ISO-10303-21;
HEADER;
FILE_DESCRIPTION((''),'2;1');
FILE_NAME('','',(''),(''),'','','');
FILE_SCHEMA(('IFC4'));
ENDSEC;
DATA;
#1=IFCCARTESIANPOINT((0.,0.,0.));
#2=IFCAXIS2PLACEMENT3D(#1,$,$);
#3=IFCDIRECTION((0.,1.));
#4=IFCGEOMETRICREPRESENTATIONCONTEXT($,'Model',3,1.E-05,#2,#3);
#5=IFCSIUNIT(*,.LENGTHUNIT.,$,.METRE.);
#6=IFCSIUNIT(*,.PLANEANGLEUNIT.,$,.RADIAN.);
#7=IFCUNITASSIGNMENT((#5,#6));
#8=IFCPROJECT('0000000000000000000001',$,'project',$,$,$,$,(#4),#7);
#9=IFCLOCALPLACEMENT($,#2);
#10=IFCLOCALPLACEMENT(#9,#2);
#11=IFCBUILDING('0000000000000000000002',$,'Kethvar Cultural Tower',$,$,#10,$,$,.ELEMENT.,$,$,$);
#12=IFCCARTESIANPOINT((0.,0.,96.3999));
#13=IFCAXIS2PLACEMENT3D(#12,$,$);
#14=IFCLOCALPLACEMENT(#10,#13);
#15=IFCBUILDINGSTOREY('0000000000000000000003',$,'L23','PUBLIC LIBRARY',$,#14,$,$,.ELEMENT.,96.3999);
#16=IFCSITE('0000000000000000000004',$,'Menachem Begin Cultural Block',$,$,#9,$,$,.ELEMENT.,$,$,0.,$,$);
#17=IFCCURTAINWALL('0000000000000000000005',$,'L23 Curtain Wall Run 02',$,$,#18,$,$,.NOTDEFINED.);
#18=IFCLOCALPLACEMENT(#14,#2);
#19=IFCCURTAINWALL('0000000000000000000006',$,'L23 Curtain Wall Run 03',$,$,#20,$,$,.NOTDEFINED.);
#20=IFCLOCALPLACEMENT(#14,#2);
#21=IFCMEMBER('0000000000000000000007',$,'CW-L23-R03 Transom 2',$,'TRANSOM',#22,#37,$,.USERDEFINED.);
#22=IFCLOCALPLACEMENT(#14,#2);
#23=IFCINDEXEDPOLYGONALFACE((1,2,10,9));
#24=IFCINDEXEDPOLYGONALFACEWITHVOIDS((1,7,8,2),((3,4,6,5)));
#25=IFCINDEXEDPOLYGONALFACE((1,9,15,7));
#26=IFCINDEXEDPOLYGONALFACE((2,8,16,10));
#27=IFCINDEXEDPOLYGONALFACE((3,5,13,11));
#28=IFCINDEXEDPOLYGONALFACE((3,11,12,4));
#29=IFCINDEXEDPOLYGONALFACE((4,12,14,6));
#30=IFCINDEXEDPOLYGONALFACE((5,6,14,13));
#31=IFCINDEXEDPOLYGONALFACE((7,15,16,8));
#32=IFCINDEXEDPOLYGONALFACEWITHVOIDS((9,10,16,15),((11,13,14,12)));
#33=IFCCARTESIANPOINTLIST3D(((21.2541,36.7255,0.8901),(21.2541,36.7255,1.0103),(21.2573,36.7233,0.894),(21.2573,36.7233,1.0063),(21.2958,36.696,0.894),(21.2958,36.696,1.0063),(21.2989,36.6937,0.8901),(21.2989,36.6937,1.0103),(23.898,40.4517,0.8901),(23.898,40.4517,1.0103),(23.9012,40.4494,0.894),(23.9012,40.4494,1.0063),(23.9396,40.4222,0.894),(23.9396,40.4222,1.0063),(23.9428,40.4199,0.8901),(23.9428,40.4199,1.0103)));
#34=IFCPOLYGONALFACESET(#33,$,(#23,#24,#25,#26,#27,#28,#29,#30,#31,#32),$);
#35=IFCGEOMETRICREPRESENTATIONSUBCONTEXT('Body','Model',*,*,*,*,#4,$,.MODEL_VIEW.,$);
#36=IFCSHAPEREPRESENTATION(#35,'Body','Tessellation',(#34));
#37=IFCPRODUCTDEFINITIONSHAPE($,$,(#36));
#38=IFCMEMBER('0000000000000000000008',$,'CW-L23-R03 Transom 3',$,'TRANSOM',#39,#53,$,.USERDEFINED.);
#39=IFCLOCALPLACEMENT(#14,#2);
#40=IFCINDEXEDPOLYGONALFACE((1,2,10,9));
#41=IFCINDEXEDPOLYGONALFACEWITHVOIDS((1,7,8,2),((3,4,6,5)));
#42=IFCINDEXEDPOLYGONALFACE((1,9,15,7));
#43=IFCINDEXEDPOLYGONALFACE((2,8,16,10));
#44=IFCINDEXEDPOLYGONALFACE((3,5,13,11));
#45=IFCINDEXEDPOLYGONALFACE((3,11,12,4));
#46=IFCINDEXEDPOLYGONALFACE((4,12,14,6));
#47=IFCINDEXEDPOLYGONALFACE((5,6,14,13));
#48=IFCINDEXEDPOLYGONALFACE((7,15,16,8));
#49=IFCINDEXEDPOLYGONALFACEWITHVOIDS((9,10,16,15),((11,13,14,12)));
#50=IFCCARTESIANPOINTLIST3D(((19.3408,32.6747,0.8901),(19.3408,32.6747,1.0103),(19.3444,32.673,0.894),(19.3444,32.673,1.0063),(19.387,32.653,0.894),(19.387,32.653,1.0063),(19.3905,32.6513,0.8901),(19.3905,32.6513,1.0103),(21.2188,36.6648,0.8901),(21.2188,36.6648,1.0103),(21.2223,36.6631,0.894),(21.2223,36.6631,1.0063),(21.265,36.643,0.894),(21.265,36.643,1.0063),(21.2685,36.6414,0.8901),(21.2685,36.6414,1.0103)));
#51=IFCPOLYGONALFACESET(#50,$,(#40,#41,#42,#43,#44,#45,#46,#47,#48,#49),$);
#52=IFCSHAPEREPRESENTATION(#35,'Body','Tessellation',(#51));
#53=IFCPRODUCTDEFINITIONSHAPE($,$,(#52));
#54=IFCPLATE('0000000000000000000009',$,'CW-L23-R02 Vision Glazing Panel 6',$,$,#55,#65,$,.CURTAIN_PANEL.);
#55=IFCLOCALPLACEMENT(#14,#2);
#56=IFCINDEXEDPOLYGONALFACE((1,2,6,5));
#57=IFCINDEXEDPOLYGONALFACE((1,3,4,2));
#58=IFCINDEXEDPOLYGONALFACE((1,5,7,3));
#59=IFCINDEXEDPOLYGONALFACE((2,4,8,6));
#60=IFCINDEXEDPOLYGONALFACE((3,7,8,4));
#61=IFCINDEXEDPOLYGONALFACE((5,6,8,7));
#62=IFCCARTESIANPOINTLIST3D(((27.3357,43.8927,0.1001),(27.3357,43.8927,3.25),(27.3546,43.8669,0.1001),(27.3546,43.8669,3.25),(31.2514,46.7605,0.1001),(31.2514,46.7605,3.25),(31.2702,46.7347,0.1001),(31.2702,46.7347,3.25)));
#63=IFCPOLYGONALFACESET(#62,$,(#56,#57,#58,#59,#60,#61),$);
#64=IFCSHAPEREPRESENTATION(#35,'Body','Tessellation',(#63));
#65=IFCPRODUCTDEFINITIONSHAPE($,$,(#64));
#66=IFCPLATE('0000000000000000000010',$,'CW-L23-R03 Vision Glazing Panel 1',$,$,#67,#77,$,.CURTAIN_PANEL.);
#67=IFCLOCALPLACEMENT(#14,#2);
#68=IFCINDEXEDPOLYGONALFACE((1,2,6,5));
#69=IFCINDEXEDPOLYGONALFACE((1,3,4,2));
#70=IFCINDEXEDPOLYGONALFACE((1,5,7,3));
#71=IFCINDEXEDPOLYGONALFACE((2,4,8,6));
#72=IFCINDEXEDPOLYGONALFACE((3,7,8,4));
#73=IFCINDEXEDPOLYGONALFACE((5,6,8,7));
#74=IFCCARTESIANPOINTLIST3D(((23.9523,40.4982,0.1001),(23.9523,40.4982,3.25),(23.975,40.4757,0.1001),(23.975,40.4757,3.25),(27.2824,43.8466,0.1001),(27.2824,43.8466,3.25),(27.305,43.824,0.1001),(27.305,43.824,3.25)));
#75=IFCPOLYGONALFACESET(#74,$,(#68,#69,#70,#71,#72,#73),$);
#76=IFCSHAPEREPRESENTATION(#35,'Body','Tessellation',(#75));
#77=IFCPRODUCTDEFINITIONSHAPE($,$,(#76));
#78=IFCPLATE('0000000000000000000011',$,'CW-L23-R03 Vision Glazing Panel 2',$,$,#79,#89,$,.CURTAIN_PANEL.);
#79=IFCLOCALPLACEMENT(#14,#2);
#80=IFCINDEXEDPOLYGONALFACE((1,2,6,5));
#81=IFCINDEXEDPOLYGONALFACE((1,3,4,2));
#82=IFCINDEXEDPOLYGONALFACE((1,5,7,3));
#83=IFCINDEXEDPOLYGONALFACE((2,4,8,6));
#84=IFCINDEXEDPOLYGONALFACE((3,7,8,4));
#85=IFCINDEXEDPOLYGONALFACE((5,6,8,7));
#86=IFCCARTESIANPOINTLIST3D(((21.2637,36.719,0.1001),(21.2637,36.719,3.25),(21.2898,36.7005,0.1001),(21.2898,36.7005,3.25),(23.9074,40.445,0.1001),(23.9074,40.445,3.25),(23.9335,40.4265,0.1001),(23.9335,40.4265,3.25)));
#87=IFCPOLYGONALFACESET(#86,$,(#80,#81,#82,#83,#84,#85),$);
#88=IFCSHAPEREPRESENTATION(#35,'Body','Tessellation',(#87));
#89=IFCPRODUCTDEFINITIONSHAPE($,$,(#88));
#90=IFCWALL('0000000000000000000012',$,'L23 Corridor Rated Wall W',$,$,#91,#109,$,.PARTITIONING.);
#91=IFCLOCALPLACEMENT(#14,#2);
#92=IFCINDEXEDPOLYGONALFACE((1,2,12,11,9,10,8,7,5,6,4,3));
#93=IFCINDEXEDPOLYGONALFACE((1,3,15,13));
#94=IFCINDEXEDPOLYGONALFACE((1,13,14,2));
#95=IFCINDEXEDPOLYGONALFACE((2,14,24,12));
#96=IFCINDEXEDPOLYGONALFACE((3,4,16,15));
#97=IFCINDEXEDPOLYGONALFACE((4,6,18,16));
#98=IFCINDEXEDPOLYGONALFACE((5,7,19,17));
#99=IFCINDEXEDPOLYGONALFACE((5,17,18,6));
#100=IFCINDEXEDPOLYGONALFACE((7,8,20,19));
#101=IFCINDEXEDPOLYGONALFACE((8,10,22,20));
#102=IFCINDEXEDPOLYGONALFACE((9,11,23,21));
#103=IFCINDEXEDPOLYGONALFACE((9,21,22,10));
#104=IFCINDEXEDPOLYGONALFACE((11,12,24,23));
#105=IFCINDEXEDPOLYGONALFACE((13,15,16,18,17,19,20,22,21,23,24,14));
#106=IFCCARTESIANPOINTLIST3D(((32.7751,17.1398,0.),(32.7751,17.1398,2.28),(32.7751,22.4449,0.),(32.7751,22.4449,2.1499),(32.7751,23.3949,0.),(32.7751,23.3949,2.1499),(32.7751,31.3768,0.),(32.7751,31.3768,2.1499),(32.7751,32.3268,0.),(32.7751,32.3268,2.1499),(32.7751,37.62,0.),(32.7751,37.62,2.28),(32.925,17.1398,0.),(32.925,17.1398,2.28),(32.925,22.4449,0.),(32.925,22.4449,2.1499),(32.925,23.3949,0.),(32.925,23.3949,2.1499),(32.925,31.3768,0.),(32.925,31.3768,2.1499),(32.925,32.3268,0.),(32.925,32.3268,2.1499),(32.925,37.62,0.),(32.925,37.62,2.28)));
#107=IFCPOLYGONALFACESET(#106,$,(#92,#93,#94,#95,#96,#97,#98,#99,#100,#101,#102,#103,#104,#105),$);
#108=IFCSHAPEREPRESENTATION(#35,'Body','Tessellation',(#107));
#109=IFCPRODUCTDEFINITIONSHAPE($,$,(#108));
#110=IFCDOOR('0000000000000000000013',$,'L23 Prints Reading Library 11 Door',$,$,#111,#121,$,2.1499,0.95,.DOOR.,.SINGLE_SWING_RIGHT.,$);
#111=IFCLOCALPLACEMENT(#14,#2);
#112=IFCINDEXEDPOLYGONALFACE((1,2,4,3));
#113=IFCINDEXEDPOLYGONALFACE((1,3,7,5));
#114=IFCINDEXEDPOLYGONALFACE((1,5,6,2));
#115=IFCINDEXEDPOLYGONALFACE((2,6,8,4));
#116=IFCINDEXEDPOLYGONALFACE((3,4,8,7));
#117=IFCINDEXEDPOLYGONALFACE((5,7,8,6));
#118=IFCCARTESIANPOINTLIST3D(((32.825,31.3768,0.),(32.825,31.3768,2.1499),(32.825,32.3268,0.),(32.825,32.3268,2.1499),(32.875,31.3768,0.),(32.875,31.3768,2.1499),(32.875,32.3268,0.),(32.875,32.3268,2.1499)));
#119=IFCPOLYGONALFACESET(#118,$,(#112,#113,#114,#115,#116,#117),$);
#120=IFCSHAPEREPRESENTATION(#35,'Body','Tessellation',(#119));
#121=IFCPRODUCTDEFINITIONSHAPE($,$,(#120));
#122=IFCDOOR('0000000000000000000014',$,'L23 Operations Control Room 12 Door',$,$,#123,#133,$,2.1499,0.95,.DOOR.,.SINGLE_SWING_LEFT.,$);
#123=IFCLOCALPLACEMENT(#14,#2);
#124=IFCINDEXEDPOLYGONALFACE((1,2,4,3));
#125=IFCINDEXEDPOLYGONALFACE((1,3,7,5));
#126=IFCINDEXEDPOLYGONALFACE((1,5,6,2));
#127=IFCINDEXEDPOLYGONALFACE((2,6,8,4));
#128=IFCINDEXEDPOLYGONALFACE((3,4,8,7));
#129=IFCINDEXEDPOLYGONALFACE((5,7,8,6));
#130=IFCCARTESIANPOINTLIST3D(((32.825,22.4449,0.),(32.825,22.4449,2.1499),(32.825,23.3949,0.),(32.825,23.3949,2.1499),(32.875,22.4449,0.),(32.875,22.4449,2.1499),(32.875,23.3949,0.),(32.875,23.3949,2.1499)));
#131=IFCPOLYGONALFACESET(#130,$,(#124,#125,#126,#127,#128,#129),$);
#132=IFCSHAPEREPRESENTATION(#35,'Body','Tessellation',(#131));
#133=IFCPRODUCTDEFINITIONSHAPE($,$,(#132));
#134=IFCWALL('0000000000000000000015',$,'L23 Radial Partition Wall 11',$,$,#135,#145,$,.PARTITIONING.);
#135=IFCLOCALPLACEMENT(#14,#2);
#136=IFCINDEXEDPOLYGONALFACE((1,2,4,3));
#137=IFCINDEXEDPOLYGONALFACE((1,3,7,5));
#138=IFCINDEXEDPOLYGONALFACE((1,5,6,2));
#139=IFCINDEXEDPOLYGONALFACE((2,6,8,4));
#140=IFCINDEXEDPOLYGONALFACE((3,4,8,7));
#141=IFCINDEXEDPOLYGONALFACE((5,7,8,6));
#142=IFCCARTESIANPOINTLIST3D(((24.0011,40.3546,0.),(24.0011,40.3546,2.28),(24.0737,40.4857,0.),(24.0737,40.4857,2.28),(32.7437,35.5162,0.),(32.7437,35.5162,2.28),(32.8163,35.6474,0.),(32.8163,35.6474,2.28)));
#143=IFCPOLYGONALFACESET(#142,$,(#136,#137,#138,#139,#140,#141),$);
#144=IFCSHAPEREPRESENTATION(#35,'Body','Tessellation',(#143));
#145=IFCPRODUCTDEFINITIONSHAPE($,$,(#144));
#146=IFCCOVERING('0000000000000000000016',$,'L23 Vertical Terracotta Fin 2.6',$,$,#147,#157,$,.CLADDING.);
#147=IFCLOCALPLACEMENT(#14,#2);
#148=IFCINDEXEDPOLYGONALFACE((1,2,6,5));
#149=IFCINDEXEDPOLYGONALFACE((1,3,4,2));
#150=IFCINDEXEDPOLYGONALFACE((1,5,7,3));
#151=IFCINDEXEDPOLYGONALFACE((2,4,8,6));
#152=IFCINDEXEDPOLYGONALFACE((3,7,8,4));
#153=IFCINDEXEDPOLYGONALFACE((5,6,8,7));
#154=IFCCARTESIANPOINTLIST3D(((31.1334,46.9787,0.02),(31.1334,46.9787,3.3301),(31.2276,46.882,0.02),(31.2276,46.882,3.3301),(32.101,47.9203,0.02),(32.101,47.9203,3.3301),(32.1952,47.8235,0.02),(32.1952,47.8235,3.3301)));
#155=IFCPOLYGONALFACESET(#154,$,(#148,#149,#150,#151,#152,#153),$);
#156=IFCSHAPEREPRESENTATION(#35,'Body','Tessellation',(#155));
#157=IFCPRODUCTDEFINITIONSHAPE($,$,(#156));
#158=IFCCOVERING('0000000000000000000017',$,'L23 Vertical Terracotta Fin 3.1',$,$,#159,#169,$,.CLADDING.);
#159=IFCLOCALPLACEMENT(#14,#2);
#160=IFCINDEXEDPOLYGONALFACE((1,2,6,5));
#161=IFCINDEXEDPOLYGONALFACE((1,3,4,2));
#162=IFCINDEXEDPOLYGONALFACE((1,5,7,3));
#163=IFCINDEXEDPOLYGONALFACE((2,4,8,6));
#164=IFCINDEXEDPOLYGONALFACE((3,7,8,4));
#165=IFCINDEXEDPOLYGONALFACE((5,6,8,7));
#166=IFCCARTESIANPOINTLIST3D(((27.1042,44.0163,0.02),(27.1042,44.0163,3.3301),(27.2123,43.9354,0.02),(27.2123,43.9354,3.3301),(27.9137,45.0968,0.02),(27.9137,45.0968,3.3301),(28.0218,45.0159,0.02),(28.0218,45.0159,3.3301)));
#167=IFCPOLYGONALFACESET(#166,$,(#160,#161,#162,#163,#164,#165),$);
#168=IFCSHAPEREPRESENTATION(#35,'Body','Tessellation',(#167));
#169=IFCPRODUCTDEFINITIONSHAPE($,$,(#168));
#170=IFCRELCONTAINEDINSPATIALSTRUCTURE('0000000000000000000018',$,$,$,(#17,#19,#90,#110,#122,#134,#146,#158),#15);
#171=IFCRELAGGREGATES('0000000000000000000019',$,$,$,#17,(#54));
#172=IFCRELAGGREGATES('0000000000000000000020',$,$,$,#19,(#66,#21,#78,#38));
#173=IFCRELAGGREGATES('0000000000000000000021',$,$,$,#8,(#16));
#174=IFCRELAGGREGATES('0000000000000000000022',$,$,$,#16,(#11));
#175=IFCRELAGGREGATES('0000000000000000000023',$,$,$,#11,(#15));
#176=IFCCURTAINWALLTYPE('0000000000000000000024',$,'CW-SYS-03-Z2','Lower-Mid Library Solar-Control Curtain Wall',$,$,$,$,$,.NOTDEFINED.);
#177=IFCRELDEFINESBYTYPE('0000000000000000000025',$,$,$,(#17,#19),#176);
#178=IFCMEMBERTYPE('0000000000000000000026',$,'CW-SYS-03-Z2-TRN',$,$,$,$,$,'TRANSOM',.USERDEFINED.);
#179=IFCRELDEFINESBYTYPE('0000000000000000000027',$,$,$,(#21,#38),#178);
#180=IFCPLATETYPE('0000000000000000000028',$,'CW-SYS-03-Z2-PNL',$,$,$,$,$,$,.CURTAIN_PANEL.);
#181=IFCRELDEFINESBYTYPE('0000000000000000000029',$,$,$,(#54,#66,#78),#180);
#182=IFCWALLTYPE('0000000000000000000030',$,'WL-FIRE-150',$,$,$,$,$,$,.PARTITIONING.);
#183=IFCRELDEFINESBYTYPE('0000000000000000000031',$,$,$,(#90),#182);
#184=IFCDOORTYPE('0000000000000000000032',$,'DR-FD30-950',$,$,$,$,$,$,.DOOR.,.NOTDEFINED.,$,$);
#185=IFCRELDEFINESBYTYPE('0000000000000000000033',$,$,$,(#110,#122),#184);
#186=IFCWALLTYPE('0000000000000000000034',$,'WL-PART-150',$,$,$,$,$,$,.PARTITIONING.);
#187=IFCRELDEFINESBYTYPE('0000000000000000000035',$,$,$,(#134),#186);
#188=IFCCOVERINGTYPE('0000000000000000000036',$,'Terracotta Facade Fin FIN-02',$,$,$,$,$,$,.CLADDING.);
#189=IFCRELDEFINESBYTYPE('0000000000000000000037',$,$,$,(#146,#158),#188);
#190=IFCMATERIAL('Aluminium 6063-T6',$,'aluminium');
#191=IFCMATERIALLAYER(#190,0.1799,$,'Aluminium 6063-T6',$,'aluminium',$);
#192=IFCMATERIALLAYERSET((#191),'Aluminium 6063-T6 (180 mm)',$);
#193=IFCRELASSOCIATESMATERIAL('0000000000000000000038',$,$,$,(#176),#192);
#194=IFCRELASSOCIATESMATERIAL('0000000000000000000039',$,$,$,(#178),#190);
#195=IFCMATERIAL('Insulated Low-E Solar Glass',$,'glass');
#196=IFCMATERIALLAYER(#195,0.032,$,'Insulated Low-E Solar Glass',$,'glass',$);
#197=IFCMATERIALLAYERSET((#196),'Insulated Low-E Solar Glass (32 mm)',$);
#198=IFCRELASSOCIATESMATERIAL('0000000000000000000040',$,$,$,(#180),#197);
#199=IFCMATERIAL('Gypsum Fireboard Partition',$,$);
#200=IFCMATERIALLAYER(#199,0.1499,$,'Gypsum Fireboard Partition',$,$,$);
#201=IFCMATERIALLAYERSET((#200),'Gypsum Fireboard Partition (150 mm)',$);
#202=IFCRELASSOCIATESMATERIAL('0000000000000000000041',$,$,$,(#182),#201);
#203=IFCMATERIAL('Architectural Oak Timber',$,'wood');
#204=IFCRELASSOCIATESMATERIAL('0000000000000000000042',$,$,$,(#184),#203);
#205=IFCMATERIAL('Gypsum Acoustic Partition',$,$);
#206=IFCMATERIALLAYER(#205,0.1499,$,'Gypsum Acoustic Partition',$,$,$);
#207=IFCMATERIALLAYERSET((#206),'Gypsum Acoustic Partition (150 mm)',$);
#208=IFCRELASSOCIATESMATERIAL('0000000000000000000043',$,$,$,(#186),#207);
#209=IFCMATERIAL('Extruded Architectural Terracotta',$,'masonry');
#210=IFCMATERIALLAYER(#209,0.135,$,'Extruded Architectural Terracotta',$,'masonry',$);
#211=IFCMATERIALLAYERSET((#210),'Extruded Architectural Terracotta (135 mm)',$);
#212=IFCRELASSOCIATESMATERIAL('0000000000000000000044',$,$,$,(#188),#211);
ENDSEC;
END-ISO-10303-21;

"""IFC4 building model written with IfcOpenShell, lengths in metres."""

from ifc_helpers import new_model, si_unit, direction, frame, frame_2d, origin, origin_2d, place, context, subcontext, project, spatial, rectangle, hollow_rectangle, extrude, source, transform, mapped, material, layer, layer_set, material_profile, profile_set, type_object, element, fill, aggregate, save


model = new_model("IFC4")

# Units and contexts
model_context = context("Model", 3, precision=1e-05, world=origin(), true_north=direction((0.0, 1.0)))
body_context = subcontext(model_context, "Body", "Model", "MODEL_VIEW")
ifc_project = project(units=[si_unit("LENGTHUNIT", "METRE"), si_unit("PLANEANGLEUNIT", "RADIAN")], contexts=[model_context])

# Site, building, storey
site_placement = place(None, origin())
site = spatial("IfcSite", under=ifc_project, at=site_placement, Name="Menachem Begin Cultural Block", CompositionType="ELEMENT", RefElevation=0.0)
building_placement = place(site_placement, origin())
building = spatial("IfcBuilding", under=site, at=building_placement, Name="Kethvar Cultural Tower", CompositionType="ELEMENT")
storey_placement = place(building_placement, frame((0.0, 0.0, 96.3999)))
storey = spatial("IfcBuildingStorey", under=building, at=storey_placement, Name="L23", Description="PUBLIC LIBRARY", CompositionType="ELEMENT", Elevation=96.3999)

# Curtain walls
ifc_material_1 = material(Name="Aluminium 6063-T6", Category="aluminium")
ifc_layer_1 = layer(ifc_material_1, 0.1799, Name="Aluminium 6063-T6", Category="aluminium")
ifc_layer_set_1 = layer_set([ifc_layer_1], Name="Aluminium 6063-T6 (180 mm)")
curtain_wall_type = type_object("IfcCurtainWallType", Name="CW-SYS-03-Z2", Description="Lower-Mid Library Solar-Control Curtain Wall", PredefinedType="NOTDEFINED", material=ifc_layer_set_1)
curtain_wall_1_placement = place(storey_placement, origin())
curtain_wall_1 = element("IfcCurtainWall", 1, at=curtain_wall_1_placement, inside=storey, type_object=curtain_wall_type, Name="L23 Curtain Wall Run 02", PredefinedType="NOTDEFINED")
curtain_wall_2_placement = place(storey_placement, origin())
curtain_wall_2 = element("IfcCurtainWall", 2, at=curtain_wall_2_placement, inside=storey, type_object=curtain_wall_type, Name="L23 Curtain Wall Run 03", PredefinedType="NOTDEFINED")

# Members
ifc_material_profile_1 = material_profile(ifc_material_1, hollow_rectangle(XDim=0.0549, YDim=0.1201, WallThickness=0.0039, at=origin_2d()), Name="Aluminium 6063-T6 — RHS120x55x4")
ifc_profile_set_1 = profile_set([ifc_material_profile_1], Name="Aluminium 6063-T6 — RHS120x55x4")
member_type_1 = type_object("IfcMemberType", Name="CW-SYS-03-Z2-TRN", ElementType="TRANSOM", PredefinedType="USERDEFINED", material=ifc_profile_set_1)
shared_shape_1 = source(origin(), body_context, "Body", "SweptSolid", [
    extrude(hollow_rectangle(XDim=0.0549, YDim=0.1201, WallThickness=0.0039, at=origin_2d()), origin(), (0.0, 0.0, 1.0), 4.5688),
])
member_1_placement = place(storey_placement, frame((23.9204, 40.4358, 0.9502), z_axis=(-0.578672, -0.81556, 0.0), x_axis=(0.81556, -0.578672, 0.0)))
member_1 = element("IfcMember", 3, at=member_1_placement, type_object=member_type_1, Name="CW-L23-R03 Transom 2", ObjectType="TRANSOM", PredefinedType="USERDEFINED", context=body_context, shape_type="MappedRepresentation", body=[
    mapped(shared_shape_1, transform((0.0, 0.0, 0.0), scale=1.0)),
])
shared_shape_2 = source(origin(), body_context, "Body", "SweptSolid", [
    extrude(hollow_rectangle(XDim=0.0549, YDim=0.1201, WallThickness=0.0039, at=origin_2d()), origin(), (0.0, 0.0, 1.0), 4.4099),
])
member_2_placement = place(storey_placement, frame((21.2437, 36.6531, 0.9502), z_axis=(-0.42585, -0.904794, 0.0), x_axis=(0.904794, -0.42585, 0.0)))
member_2 = element("IfcMember", 4, at=member_2_placement, type_object=member_type_1, Name="CW-L23-R03 Transom 3", ObjectType="TRANSOM", PredefinedType="USERDEFINED", context=body_context, shape_type="MappedRepresentation", body=[
    mapped(shared_shape_2, transform((0.0, 0.0, 0.0), scale=1.0)),
])

# Plates
ifc_material_2 = material(Name="Insulated Low-E Solar Glass", Category="glass")
ifc_layer_2 = layer(ifc_material_2, 0.032, Name="Insulated Low-E Solar Glass", Category="glass")
ifc_layer_set_2 = layer_set([ifc_layer_2], Name="Insulated Low-E Solar Glass (32 mm)")
plate_type = type_object("IfcPlateType", Name="CW-SYS-03-Z2-PNL", PredefinedType="CURTAIN_PANEL", material=ifc_layer_set_2)
shared_shape_3 = source(origin(), body_context, "Body", "SweptSolid", [
    extrude(rectangle(XDim=4.8535, YDim=0.032, at=origin_2d()), origin(), (0.0, 0.0, 1.0), 3.1499),
])
plate_1_placement = place(storey_placement, frame((29.303, 45.3137, 0.1001), z_axis=(0.0, 0.0, 1.0), x_axis=(-0.806764, -0.590873, 0.0)))
plate_1 = element("IfcPlate", 5, at=plate_1_placement, type_object=plate_type, Name="CW-L23-R02 Vision Glazing Panel 6", PredefinedType="CURTAIN_PANEL", context=body_context, shape_type="MappedRepresentation", body=[
    mapped(shared_shape_3, transform((0.0, 0.0, 0.0), scale=1.0)),
])
aggregate(curtain_wall_1, [plate_1])
shared_shape_4 = source(origin(), body_context, "Body", "SweptSolid", [
    extrude(rectangle(XDim=4.7224, YDim=0.032, at=origin_2d()), origin(), (0.0, 0.0, 1.0), 3.1499),
])
plate_2_placement = place(storey_placement, frame((25.6287, 42.1611, 0.1001), z_axis=(0.0, 0.0, 1.0), x_axis=(-0.705167, -0.709042, 0.0)))
plate_2 = element("IfcPlate", 6, at=plate_2_placement, type_object=plate_type, Name="CW-L23-R03 Vision Glazing Panel 1", PredefinedType="CURTAIN_PANEL", context=body_context, shape_type="MappedRepresentation", body=[
    mapped(shared_shape_4, transform((0.0, 0.0, 0.0), scale=1.0)),
])
shared_shape_5 = source(origin(), body_context, "Body", "SweptSolid", [
    extrude(rectangle(XDim=4.5686, YDim=0.032, at=origin_2d()), origin(), (0.0, 0.0, 1.0), 3.1499),
])
plate_3_placement = place(storey_placement, frame((22.5986, 38.5728, 0.1001), z_axis=(0.0, 0.0, 1.0), x_axis=(-0.578669, -0.815562, 0.0)))
plate_3 = element("IfcPlate", 7, at=plate_3_placement, type_object=plate_type, Name="CW-L23-R03 Vision Glazing Panel 2", PredefinedType="CURTAIN_PANEL", context=body_context, shape_type="MappedRepresentation", body=[
    mapped(shared_shape_5, transform((0.0, 0.0, 0.0), scale=1.0)),
])
aggregate(curtain_wall_2, [plate_2, member_1, plate_3, member_2])

# Wall, openings, doors
ifc_material_3 = material(Name="Gypsum Fireboard Partition")
ifc_layer_3 = layer(ifc_material_3, 0.1499, Name="Gypsum Fireboard Partition")
ifc_layer_set_3 = layer_set([ifc_layer_3], Name="Gypsum Fireboard Partition (150 mm)")
wall_type_1 = type_object("IfcWallType", Name="WL-FIRE-150", PredefinedType="PARTITIONING", material=ifc_layer_set_3)
wall_1_placement = place(storey_placement, frame((32.8501, 37.6201, 0.0), z_axis=(0.0, 0.0, 1.0), x_axis=(0.0, -1.0, 0.0)))
wall_1 = element("IfcWall", 8, at=wall_1_placement, inside=storey, type_object=wall_type_1, Name="L23 Corridor Rated Wall W", PredefinedType="PARTITIONING", context=body_context, shape_type="SweptSolid", body=[
    extrude(rectangle(XDim=20.4802, YDim=0.1499, at=frame_2d((10.2402, 0.0))), origin(), (0.0, 0.0, 1.0), 2.28),
])
opening_1_placement = place(wall_1_placement, frame((5.2932, 0.0, 0.0)))
opening_1 = element("IfcOpeningElement", 9, at=opening_1_placement, cuts=wall_1, PredefinedType="OPENING", context=body_context, shape_type="SweptSolid", body=[
    extrude(rectangle(XDim=0.95, YDim=2.1499, at=frame_2d((0.4751, 1.075))), frame((0.0, 0.085, 0.0), z_axis=(0.0, -1.0, 0.0), x_axis=(1.0, 0.0, 0.0)), (0.0, 0.0, 1.0), 0.1699),
])
opening_2_placement = place(wall_1_placement, frame((14.2251, 0.0, 0.0)))
opening_2 = element("IfcOpeningElement", 10, at=opening_2_placement, cuts=wall_1, PredefinedType="OPENING", context=body_context, shape_type="SweptSolid", body=[
    extrude(rectangle(XDim=0.95, YDim=2.1499, at=frame_2d((0.4751, 1.075))), frame((0.0, 0.085, 0.0), z_axis=(0.0, -1.0, 0.0), x_axis=(1.0, 0.0, 0.0)), (0.0, 0.0, 1.0), 0.1699),
])
ifc_material_4 = material(Name="Architectural Oak Timber", Category="wood")
door_type = type_object("IfcDoorType", Name="DR-FD30-950", OperationType="NOTDEFINED", PredefinedType="DOOR", material=ifc_material_4)
shared_shape_6 = source(origin(), body_context, "Body", "SweptSolid", [
    extrude(rectangle(XDim=0.95, YDim=2.1499, at=frame_2d((0.4751, 1.075))), frame((0.0, 0.0249, 0.0), z_axis=(0.0, -1.0, 0.0), x_axis=(1.0, 0.0, 0.0)), (0.0, 0.0, 1.0), 0.05),
])
door_1_placement = place(opening_1_placement, origin())
door_1 = element("IfcDoor", 11, at=door_1_placement, inside=storey, type_object=door_type, Name="L23 Prints Reading Library 11 Door", OperationType="SINGLE_SWING_RIGHT", OverallHeight=2.1499, OverallWidth=0.95, PredefinedType="DOOR", context=body_context, shape_type="MappedRepresentation", body=[
    mapped(shared_shape_6, transform((0.0, 0.0, 0.0), scale=1.0)),
])
fill(opening_1, door_1)
door_2_placement = place(opening_2_placement, origin())
door_2 = element("IfcDoor", 12, at=door_2_placement, inside=storey, type_object=door_type, Name="L23 Operations Control Room 12 Door", OperationType="SINGLE_SWING_LEFT", OverallHeight=2.1499, OverallWidth=0.95, PredefinedType="DOOR", context=body_context, shape_type="MappedRepresentation", body=[
    mapped(shared_shape_6, transform((0.0, 0.0, 0.0), scale=1.0)),
])
fill(opening_2, door_2)

# Wall
ifc_material_5 = material(Name="Gypsum Acoustic Partition")
ifc_layer_4 = layer(ifc_material_5, 0.1499, Name="Gypsum Acoustic Partition")
ifc_layer_set_4 = layer_set([ifc_layer_4], Name="Gypsum Acoustic Partition (150 mm)")
wall_type_2 = type_object("IfcWallType", Name="WL-PART-150", PredefinedType="PARTITIONING", material=ifc_layer_set_4)
wall_2_placement = place(storey_placement, frame((32.78, 35.5818, 0.0), z_axis=(0.0, 0.0, 1.0), x_axis=(-0.874949, 0.484215, 0.0)))
element("IfcWall", 13, at=wall_2_placement, inside=storey, type_object=wall_type_2, Name="L23 Radial Partition Wall 11", PredefinedType="PARTITIONING", context=body_context, shape_type="SweptSolid", body=[
    extrude(rectangle(XDim=9.9922, YDim=0.1499, at=frame_2d((4.9961, 0.0))), origin(), (0.0, 0.0, 1.0), 2.28),
])

# Coverings
ifc_material_6 = material(Name="Extruded Architectural Terracotta", Category="masonry")
ifc_layer_5 = layer(ifc_material_6, 0.135, Name="Extruded Architectural Terracotta", Category="masonry")
ifc_layer_set_5 = layer_set([ifc_layer_5], Name="Extruded Architectural Terracotta (135 mm)")
covering_type = type_object("IfcCoveringType", Name="Terracotta Facade Fin FIN-02", PredefinedType="CLADDING", material=ifc_layer_set_5)
shared_shape_7 = source(origin(), body_context, "Body", "SweptSolid", [
    extrude(rectangle(XDim=1.3501, YDim=0.135, at=origin_2d()), origin(), (0.0, 0.0, 1.0), 3.3101),
])
for number, where, z_axis, x_axis, name in (
    (14, (31.6643, 47.4011, 0.02), (0.0, 0.0, 1.0), (0.716667, 0.697415, 0.0), "L23 Vertical Terracotta Fin 2.6"),
    (15, (27.563, 44.5161, 0.02), (0.0, 0.0, 1.0), (0.599582, 0.800313, 0.0), "L23 Vertical Terracotta Fin 3.1"),
):
    element("IfcCovering", number, at=place(storey_placement, frame(where, z_axis=z_axis, x_axis=x_axis)), inside=storey, type_object=covering_type, Name=name, PredefinedType="CLADDING", context=body_context, shape_type="MappedRepresentation", body=[
        mapped(shared_shape_7, transform((0.0, 0.0, 0.0), scale=1.0)),
    ])

save(model, "model.ifc")
